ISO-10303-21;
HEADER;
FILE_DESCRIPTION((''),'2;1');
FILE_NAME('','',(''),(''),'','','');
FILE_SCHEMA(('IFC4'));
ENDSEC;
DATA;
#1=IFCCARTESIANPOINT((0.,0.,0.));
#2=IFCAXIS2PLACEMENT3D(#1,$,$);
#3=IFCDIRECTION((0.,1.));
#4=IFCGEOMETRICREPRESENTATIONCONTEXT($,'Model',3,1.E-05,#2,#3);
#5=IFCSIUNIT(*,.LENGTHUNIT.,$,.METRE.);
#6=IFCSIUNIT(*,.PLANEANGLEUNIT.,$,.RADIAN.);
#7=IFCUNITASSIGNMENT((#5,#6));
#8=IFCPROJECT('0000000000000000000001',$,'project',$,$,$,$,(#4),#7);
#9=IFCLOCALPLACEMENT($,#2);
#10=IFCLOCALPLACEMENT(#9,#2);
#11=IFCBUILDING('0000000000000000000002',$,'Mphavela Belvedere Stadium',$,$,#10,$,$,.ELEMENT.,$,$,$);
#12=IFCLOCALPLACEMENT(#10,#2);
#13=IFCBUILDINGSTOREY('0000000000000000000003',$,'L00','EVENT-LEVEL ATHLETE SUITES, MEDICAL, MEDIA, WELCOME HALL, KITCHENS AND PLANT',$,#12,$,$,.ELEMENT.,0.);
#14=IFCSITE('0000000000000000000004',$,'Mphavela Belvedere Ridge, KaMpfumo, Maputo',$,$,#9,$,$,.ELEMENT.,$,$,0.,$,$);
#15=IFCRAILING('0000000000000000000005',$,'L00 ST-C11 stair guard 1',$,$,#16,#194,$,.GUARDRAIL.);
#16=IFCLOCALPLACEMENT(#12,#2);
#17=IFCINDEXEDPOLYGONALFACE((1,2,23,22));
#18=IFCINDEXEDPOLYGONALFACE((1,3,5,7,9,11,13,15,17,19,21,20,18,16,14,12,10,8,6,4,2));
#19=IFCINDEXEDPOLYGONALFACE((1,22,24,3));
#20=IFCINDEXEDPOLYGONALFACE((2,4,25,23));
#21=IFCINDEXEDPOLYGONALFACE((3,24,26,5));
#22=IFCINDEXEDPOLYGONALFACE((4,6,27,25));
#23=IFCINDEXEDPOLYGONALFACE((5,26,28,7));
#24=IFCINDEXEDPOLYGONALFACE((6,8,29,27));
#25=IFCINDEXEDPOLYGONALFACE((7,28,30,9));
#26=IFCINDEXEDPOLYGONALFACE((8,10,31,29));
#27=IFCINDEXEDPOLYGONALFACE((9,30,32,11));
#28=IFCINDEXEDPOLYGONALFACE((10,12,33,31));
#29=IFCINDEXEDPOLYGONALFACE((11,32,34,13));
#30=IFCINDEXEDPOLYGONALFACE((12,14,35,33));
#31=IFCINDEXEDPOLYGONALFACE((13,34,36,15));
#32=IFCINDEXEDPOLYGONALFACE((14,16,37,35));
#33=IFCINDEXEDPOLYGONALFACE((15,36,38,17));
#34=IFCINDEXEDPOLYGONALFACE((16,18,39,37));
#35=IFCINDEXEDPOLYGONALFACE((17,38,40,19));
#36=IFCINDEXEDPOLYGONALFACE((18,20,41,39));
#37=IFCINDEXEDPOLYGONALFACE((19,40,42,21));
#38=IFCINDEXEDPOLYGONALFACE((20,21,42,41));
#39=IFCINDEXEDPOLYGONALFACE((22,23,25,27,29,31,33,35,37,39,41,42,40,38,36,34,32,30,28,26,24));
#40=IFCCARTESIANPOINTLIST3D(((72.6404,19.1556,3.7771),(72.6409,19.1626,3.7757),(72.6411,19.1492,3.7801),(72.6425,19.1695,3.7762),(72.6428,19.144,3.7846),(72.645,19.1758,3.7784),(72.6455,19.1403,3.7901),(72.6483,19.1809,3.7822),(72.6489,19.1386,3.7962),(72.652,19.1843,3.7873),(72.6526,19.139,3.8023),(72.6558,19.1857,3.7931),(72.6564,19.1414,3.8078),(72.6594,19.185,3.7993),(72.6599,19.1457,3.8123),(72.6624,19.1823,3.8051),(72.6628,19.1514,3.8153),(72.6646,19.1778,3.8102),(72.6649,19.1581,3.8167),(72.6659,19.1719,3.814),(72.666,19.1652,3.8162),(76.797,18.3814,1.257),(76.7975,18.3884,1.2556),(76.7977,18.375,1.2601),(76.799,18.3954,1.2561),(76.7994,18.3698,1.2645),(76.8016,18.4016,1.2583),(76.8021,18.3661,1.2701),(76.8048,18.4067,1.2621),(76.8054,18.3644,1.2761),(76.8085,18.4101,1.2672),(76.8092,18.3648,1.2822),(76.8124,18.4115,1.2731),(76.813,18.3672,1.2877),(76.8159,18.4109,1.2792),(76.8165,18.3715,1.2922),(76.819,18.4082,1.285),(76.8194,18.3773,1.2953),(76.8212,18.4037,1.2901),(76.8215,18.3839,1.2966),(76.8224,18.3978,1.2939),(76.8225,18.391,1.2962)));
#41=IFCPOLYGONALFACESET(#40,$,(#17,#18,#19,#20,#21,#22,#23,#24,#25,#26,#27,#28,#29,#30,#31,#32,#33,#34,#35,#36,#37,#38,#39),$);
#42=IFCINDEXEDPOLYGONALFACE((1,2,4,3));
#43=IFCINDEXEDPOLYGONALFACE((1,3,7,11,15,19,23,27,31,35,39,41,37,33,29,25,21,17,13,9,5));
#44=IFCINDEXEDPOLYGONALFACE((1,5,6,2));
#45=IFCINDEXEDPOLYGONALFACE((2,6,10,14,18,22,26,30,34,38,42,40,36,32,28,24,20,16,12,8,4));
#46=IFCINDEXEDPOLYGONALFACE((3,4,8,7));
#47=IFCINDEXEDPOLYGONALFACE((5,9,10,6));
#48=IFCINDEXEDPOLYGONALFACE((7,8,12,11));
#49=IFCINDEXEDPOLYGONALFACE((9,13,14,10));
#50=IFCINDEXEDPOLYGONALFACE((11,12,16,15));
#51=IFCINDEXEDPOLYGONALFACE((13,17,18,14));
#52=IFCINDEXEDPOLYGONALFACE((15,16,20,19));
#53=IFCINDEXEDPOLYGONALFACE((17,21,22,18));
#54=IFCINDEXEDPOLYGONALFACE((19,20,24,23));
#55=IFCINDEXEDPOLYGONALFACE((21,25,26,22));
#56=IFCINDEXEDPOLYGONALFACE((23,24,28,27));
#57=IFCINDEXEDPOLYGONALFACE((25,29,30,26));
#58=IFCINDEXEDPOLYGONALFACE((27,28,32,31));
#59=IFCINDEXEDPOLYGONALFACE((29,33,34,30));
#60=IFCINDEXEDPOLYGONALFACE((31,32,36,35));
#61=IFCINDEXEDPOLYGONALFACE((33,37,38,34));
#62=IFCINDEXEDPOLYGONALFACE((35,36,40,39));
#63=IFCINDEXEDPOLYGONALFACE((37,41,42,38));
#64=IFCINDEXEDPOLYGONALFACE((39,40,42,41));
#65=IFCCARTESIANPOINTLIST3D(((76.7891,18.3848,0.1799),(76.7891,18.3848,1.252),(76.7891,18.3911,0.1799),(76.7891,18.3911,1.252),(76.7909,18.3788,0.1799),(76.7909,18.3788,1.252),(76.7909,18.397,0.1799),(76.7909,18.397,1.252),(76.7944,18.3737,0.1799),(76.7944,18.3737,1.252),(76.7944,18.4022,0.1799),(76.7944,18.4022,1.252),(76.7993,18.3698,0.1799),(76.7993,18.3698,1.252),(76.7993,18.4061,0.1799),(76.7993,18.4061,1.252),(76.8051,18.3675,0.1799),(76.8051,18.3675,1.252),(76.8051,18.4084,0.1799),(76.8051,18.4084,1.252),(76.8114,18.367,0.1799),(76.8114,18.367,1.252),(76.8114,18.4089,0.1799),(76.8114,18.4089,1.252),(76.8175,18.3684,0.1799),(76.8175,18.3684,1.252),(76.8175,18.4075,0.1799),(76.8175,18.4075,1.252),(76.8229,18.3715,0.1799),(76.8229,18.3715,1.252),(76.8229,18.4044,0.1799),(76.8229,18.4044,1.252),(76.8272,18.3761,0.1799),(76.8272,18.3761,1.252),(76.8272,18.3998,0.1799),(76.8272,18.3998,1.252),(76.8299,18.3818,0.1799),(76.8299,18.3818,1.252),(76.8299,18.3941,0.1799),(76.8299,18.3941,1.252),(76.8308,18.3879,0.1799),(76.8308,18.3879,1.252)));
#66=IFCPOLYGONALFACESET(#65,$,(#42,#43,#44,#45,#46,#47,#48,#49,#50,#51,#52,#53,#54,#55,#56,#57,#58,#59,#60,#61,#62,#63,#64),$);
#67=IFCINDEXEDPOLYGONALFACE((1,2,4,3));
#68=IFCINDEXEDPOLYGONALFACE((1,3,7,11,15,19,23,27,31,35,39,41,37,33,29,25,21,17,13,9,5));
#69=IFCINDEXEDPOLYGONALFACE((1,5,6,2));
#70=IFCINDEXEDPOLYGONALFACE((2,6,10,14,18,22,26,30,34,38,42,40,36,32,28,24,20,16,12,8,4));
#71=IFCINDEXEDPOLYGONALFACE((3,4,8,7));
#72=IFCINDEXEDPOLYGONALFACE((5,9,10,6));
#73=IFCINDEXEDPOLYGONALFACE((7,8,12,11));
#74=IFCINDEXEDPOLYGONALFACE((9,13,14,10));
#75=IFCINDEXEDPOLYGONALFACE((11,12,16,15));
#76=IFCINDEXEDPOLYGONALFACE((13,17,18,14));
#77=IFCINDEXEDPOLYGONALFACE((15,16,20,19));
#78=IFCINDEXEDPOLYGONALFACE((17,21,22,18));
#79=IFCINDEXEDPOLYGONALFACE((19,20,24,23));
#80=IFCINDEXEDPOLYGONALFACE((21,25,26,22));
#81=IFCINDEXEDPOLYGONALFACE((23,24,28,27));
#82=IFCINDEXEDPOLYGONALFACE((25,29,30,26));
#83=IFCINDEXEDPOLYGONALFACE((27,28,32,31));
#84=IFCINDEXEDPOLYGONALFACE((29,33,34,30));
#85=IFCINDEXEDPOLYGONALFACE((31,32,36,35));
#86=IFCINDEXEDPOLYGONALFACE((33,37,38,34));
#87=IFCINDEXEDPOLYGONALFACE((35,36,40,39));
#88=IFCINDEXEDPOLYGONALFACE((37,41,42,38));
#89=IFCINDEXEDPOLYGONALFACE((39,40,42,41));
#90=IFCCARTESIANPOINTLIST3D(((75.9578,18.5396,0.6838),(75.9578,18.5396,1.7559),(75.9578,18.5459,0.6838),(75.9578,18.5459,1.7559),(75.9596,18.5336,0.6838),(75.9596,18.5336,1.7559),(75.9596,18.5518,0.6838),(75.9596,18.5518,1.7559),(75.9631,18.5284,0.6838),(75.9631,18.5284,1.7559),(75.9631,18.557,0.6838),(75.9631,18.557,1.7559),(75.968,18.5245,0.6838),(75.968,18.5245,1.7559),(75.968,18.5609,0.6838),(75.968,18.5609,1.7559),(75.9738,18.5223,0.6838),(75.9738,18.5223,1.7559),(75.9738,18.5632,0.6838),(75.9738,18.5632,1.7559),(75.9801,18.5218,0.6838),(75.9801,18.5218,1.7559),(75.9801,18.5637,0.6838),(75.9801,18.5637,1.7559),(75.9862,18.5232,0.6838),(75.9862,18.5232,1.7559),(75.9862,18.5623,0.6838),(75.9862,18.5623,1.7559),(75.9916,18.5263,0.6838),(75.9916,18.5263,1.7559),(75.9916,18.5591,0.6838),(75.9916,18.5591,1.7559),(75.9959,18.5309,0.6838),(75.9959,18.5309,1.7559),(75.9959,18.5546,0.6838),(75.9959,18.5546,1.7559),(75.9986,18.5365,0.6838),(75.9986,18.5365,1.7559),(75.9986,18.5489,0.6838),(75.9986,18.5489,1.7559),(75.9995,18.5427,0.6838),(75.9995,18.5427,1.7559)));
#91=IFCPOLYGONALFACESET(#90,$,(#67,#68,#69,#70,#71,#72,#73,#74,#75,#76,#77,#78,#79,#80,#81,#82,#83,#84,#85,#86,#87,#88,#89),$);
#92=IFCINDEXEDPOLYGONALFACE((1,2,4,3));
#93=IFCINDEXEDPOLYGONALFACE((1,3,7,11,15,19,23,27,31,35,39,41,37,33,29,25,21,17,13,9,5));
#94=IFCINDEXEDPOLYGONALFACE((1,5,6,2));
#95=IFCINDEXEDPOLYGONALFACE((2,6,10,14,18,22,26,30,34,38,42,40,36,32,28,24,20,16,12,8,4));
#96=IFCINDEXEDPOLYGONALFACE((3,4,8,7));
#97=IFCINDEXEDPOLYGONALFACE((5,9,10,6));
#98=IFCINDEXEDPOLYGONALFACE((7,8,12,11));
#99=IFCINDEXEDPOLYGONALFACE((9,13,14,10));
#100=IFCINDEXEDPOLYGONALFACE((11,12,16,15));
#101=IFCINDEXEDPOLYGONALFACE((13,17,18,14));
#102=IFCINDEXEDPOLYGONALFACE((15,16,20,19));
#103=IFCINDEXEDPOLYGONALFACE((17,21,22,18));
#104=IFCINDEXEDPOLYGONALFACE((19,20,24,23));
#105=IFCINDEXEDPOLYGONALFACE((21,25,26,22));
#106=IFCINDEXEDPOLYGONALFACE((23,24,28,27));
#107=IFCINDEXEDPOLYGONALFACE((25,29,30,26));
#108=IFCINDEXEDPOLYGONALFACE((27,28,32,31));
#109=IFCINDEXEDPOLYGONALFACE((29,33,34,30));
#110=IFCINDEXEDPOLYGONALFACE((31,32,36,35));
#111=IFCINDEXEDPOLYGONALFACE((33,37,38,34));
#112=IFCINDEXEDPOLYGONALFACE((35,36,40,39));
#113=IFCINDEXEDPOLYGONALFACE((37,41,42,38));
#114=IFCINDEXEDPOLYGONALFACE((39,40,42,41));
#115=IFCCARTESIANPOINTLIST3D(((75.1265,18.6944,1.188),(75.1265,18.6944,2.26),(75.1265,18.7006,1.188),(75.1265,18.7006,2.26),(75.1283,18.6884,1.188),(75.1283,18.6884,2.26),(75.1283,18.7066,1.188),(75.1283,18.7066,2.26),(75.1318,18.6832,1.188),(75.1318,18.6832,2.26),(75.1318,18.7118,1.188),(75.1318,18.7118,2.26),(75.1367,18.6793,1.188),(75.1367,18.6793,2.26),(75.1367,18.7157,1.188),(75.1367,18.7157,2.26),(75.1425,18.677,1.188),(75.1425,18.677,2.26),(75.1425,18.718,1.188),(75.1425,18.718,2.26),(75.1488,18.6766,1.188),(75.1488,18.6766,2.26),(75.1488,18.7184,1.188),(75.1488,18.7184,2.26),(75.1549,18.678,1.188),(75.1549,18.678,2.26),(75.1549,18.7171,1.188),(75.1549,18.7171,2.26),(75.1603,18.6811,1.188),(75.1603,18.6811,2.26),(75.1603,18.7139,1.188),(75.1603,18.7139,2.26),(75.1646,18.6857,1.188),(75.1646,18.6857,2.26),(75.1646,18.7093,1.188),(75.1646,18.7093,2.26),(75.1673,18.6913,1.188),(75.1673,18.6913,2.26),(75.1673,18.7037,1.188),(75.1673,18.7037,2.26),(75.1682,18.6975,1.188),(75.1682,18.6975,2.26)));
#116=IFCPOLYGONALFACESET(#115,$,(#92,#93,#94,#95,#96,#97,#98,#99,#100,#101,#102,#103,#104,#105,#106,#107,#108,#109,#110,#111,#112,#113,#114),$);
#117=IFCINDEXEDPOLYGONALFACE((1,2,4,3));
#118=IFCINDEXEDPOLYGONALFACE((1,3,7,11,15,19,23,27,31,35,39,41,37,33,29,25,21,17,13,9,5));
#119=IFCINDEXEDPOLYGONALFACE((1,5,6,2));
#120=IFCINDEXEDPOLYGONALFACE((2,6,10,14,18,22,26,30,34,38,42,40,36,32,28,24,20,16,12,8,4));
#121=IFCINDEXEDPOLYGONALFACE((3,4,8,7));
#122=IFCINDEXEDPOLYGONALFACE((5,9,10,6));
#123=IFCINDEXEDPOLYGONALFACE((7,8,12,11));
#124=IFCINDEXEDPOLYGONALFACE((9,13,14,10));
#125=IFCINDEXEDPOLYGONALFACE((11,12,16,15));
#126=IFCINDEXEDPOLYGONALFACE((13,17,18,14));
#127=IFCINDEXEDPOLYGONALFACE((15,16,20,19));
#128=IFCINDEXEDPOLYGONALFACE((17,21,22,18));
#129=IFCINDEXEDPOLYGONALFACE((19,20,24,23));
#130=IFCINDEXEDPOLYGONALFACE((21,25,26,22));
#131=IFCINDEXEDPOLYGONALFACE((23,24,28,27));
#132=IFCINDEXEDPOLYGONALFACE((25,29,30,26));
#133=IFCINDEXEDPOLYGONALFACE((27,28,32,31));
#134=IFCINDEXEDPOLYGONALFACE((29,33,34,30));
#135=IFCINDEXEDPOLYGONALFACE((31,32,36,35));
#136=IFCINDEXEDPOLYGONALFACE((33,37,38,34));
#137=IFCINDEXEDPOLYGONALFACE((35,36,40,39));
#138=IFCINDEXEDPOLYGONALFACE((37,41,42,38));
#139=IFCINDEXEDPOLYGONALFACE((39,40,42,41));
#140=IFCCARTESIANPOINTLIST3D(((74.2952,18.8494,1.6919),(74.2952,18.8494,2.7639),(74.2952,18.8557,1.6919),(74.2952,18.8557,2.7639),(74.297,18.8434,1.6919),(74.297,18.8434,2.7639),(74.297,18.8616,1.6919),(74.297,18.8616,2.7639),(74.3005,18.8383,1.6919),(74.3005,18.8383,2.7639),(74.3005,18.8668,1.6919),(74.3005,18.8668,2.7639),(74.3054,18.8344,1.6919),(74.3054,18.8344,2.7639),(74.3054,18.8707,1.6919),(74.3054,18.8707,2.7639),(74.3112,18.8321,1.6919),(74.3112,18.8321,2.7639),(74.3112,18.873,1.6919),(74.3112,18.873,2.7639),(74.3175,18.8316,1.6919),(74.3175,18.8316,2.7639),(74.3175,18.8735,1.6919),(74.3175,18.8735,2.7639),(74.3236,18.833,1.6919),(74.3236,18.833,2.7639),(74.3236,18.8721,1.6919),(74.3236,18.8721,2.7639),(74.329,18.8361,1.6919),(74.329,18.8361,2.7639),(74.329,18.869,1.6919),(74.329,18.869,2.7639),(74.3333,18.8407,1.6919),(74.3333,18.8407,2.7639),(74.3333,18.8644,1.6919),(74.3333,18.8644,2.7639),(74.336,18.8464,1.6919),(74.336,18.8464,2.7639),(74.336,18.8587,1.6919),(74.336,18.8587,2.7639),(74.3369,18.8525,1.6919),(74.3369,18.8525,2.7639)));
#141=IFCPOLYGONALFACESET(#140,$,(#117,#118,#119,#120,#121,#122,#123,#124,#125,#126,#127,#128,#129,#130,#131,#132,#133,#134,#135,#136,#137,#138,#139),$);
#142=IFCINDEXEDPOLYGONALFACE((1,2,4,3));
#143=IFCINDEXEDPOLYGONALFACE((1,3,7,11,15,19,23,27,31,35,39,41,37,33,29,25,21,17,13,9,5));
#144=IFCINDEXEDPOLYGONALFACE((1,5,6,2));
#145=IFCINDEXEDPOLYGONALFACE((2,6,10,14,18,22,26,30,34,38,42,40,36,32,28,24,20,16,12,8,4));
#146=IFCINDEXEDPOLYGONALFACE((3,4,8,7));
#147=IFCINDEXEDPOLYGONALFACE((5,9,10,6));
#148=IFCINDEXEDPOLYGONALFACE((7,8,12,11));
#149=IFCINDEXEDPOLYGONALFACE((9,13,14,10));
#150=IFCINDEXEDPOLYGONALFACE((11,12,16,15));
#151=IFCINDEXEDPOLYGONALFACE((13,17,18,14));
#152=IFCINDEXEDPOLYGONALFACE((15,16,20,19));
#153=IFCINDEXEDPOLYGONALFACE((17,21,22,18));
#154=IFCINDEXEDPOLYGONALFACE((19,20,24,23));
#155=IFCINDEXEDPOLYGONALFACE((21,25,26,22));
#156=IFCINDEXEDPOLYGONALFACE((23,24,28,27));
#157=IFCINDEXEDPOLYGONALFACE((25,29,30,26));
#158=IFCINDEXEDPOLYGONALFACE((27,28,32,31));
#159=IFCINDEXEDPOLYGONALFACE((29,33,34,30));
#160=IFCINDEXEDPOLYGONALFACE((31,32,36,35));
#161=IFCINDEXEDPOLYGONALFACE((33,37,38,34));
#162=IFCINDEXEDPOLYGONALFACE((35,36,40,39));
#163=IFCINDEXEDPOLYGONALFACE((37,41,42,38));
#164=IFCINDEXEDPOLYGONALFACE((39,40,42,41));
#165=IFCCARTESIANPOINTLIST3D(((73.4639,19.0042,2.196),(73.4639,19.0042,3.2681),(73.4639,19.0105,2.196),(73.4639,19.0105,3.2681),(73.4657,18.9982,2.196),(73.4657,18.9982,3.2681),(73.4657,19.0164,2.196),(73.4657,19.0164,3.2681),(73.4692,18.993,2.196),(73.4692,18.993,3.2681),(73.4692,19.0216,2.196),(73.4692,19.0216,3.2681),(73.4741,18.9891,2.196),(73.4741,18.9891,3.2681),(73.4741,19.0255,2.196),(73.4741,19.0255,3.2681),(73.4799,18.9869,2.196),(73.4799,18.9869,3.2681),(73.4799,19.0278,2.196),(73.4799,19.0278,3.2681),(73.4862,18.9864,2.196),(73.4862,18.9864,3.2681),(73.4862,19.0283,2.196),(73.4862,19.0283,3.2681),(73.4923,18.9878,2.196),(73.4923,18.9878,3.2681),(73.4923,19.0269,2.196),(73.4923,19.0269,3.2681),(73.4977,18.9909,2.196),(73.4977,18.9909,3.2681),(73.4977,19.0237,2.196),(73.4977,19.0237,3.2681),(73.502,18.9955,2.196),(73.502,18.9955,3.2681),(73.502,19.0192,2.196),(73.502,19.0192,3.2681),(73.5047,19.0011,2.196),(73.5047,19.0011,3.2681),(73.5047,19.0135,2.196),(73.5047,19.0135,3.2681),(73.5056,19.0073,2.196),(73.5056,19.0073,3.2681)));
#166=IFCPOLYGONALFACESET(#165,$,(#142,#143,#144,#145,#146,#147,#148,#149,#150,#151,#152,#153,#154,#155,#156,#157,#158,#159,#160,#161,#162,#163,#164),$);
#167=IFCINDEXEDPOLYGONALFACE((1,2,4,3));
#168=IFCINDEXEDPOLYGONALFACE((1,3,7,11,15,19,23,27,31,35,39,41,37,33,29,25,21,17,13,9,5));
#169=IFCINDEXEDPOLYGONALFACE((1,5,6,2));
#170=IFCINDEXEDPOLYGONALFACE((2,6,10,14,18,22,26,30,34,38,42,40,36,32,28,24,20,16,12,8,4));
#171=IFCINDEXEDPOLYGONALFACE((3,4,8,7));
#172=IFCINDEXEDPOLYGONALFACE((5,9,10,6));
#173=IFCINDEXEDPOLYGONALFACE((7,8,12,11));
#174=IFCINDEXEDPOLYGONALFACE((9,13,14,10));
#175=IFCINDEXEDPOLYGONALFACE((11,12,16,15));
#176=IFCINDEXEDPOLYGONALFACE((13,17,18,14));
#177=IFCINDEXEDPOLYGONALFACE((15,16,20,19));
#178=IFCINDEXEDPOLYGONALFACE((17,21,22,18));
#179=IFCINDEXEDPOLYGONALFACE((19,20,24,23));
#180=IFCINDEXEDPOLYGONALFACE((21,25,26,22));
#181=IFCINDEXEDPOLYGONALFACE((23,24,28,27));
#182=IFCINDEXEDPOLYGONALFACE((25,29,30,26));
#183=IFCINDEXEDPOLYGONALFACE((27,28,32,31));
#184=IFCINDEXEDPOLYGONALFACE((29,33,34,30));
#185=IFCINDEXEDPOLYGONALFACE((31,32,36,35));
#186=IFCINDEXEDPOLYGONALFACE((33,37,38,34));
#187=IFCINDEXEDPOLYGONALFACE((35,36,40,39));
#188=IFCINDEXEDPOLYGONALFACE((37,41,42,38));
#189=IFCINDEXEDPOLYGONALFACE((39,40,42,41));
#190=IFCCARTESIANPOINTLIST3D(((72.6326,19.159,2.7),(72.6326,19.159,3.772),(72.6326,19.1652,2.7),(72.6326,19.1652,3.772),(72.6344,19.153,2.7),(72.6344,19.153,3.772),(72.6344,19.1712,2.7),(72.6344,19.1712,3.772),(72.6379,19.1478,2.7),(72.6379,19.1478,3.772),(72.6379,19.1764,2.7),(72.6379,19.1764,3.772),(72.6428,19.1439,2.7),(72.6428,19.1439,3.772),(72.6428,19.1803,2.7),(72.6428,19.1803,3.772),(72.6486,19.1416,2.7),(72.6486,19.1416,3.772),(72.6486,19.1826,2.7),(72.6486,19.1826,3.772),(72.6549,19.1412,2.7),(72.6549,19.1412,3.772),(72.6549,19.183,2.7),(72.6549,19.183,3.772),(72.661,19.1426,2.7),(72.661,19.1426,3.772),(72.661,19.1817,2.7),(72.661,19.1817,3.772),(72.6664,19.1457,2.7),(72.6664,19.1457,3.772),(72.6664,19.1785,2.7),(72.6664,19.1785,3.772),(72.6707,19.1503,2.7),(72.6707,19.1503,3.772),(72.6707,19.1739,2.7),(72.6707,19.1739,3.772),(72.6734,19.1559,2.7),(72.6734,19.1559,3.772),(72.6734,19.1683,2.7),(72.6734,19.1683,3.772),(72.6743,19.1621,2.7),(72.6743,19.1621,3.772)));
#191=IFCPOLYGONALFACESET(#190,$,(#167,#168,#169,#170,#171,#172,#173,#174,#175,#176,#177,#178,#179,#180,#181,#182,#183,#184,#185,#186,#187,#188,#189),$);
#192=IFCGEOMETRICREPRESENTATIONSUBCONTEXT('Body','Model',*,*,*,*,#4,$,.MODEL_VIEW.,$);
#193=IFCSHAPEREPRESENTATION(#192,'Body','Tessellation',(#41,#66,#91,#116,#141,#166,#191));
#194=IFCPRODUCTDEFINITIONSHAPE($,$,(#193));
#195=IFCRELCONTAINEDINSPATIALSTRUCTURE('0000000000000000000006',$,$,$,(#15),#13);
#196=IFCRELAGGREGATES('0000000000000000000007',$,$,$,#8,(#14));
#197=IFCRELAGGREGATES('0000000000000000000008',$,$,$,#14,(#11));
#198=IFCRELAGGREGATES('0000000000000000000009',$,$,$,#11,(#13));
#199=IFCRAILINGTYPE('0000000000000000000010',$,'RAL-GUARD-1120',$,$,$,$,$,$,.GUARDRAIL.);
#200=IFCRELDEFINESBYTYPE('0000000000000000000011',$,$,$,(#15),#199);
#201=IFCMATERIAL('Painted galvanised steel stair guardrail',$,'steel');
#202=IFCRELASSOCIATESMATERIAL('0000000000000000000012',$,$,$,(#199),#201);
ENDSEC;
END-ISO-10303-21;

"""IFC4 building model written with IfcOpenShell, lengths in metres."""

from ifc_helpers import new_model, si_unit, direction, frame, origin, origin_2d, place, context, subcontext, project, spatial, circle, extrude, material, type_object, element, save


model = new_model("IFC4")

# Units and contexts
model_context = context("Model", 3, precision=1e-05, world=origin(), true_north=direction((0.0, 1.0)))
body_context = subcontext(model_context, "Body", "Model", "MODEL_VIEW")
ifc_project = project(units=[si_unit("LENGTHUNIT", "METRE"), si_unit("PLANEANGLEUNIT", "RADIAN")], contexts=[model_context])

# Site, building, storey
site_placement = place(None, origin())
site = spatial("IfcSite", under=ifc_project, at=site_placement, Name="Mphavela Belvedere Ridge, KaMpfumo, Maputo", CompositionType="ELEMENT", RefElevation=0.0)
building_placement = place(site_placement, origin())
building = spatial("IfcBuilding", under=site, at=building_placement, Name="Mphavela Belvedere Stadium", CompositionType="ELEMENT")
storey_placement = place(building_placement, origin())
storey = spatial("IfcBuildingStorey", under=building, at=storey_placement, Name="L00", Description="EVENT-LEVEL ATHLETE SUITES, MEDICAL, MEDIA, WELCOME HALL, KITCHENS AND PLANT", CompositionType="ELEMENT", Elevation=0.0)

# Railing
ifc_material_1 = material(Name="Painted galvanised steel stair guardrail", Category="steel")
railing_type_1 = type_object("IfcRailingType", Name="RAL-GUARD-1120", PredefinedType="GUARDRAIL", material=ifc_material_1)
railing_1_placement = place(storey_placement, frame((76.8098, 18.3879, 0.1799)))
element("IfcRailing", 1, at=railing_1_placement, inside=storey, type_object=railing_type_1, Name="L00 ST-C11 stair guard 1", PredefinedType="GUARDRAIL", context=body_context, shape_type="SweptSolid", body=[
    extrude(circle(Radius=0.0239, at=origin_2d()), frame((0.0, 0.0, 1.0962), z_axis=(-0.844469, 0.157287, 0.511989), x_axis=(-0.183107, -0.983093, 0.0)), (0.0, 0.0, 1.0), 4.9221),
    extrude(circle(Radius=0.021, at=origin_2d()), origin(), (0.0, 0.0, 1.0), 1.072),
    extrude(circle(Radius=0.021, at=origin_2d()), frame((-0.8313, 0.1548, 0.5039)), (0.0, 0.0, 1.0), 1.072),
    extrude(circle(Radius=0.021, at=origin_2d()), frame((-1.6626, 0.3096, 1.0081)), (0.0, 0.0, 1.0), 1.072),
    extrude(circle(Radius=0.021, at=origin_2d()), frame((-2.4939, 0.4646, 1.512)), (0.0, 0.0, 1.0), 1.072),
    extrude(circle(Radius=0.021, at=origin_2d()), frame((-3.3252, 0.6194, 2.0161)), (0.0, 0.0, 1.0), 1.072),
    extrude(circle(Radius=0.021, at=origin_2d()), frame((-4.1565, 0.7742, 2.52)), (0.0, 0.0, 1.0), 1.072),
])

save(model, "model.ifc")
